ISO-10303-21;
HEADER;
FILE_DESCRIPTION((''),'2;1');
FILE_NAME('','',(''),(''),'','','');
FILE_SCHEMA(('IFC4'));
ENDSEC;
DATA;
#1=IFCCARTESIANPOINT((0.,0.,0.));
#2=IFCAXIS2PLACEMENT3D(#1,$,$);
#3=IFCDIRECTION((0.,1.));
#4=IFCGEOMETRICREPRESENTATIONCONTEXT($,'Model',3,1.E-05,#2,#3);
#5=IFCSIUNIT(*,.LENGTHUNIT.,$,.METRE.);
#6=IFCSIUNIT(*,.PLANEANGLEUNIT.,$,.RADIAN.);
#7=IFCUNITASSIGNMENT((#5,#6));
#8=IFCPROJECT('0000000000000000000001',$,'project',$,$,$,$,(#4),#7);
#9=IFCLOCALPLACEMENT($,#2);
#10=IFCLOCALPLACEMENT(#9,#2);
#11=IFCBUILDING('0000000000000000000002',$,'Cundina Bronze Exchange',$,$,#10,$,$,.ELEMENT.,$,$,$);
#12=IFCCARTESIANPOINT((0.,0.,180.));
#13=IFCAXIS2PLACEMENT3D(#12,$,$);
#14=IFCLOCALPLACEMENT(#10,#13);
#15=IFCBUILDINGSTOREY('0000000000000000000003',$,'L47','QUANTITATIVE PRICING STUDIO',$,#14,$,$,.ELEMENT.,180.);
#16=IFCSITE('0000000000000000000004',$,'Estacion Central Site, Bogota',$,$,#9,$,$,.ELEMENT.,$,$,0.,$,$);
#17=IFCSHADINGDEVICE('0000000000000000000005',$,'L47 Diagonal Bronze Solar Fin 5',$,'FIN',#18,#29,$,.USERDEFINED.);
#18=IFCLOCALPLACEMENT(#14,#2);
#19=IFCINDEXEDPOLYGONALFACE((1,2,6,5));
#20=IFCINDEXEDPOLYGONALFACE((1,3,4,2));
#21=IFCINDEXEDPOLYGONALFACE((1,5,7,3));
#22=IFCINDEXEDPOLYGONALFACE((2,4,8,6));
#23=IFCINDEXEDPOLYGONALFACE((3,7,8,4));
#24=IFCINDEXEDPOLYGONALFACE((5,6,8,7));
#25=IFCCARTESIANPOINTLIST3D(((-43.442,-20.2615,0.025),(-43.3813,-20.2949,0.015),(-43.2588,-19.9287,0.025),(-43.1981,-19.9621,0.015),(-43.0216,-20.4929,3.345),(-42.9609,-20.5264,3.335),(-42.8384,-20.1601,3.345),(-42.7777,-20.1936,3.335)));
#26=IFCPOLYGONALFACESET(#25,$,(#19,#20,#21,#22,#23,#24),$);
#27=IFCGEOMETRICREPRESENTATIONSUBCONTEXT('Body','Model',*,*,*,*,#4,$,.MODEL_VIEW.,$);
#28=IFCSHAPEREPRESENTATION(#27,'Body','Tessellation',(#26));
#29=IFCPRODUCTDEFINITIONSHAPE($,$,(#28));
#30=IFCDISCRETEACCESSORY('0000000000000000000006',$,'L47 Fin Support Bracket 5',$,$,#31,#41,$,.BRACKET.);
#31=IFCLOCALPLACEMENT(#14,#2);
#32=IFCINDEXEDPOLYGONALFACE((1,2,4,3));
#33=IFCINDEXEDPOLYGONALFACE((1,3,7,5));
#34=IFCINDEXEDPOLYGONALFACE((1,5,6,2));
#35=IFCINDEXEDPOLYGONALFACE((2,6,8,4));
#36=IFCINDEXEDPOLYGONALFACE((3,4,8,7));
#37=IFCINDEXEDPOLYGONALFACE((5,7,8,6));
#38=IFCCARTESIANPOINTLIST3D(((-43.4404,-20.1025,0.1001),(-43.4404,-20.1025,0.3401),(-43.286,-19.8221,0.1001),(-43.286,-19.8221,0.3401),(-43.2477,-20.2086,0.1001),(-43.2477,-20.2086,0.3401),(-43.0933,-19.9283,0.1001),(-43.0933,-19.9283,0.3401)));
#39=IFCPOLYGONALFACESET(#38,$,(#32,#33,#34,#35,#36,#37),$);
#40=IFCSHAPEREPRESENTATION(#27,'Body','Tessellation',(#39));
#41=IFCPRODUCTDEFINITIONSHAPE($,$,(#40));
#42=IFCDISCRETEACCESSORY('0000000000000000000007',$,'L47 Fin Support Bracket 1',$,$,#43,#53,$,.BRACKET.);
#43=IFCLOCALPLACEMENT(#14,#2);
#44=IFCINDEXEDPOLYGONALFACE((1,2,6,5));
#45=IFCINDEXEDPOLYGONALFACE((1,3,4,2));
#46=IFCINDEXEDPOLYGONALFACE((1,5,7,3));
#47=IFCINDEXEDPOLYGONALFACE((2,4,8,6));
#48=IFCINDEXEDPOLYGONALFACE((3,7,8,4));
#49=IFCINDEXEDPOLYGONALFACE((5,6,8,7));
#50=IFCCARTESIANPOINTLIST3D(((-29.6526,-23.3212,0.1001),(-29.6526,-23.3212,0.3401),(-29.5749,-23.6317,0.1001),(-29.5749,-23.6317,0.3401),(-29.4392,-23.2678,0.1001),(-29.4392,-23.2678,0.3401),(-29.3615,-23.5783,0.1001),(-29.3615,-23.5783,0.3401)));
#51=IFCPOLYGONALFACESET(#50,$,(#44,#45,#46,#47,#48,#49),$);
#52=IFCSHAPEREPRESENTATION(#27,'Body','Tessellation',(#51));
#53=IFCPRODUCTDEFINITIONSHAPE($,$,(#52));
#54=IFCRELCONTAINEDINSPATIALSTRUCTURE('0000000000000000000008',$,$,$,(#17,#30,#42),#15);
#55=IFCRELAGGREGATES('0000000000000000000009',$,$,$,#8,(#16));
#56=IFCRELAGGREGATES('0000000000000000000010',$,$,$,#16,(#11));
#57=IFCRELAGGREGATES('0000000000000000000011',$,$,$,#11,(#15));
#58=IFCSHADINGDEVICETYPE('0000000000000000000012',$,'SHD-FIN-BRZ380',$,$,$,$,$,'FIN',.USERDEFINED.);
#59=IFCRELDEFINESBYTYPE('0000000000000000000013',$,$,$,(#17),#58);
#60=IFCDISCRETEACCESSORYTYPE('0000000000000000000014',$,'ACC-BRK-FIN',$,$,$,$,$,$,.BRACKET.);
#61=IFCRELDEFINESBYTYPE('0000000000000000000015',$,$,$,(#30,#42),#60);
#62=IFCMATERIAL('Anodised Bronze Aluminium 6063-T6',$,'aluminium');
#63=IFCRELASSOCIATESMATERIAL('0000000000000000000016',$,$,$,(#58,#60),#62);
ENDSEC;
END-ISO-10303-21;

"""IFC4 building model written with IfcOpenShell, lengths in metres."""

from ifc_helpers import new_model, si_unit, direction, frame, origin, origin_2d, place, context, subcontext, project, spatial, rectangle, extrude, material, material_profile, profile_set, type_object, element, save


model = new_model("IFC4")

# Units and contexts
model_context = context("Model", 3, precision=1e-05, world=origin(), true_north=direction((0.0, 1.0)))
body_context = subcontext(model_context, "Body", "Model", "MODEL_VIEW")
ifc_project = project(units=[si_unit("LENGTHUNIT", "METRE"), si_unit("PLANEANGLEUNIT", "RADIAN")], contexts=[model_context])

# Site, building, storey
site_placement = place(None, origin())
site = spatial("IfcSite", under=ifc_project, at=site_placement, Name="Estacion Central Site, Bogota", CompositionType="ELEMENT", RefElevation=0.0)
building_placement = place(site_placement, origin())
building = spatial("IfcBuilding", under=site, at=building_placement, Name="Cundina Bronze Exchange", CompositionType="ELEMENT")
storey_placement = place(building_placement, frame((0.0, 0.0, 180.0)))
storey = spatial("IfcBuildingStorey", under=building, at=storey_placement, Name="L47", Description="QUANTITATIVE PRICING STUDIO", CompositionType="ELEMENT", Elevation=180.0)

# Shared definitions
ifc_material_1 = material(Name="Anodised Bronze Aluminium 6063-T6", Category="aluminium")

# Shading device
ifc_material_profile_1 = material_profile(ifc_material_1, rectangle(XDim=0.0701, YDim=0.3799, at=origin_2d()), Name="FIN70X380", Category="aluminium")
ifc_profile_set_1 = profile_set([ifc_material_profile_1], Name="Anodised Bronze Aluminium 6063-T6")
shading_device_type = type_object("IfcShadingDeviceType", Name="SHD-FIN-BRZ380", ElementType="FIN", PredefinedType="USERDEFINED", material=ifc_profile_set_1)
shading_device_placement = place(storey_placement, frame((-43.3201, -20.1118, 0.02), z_axis=(0.125324, -0.068994, 0.989714), x_axis=(-0.867012, 0.47731, 0.143061)))
element("IfcShadingDevice", 1, at=shading_device_placement, inside=storey, type_object=shading_device_type, Name="L47 Diagonal Bronze Solar Fin 5", ObjectType="FIN", PredefinedType="USERDEFINED", context=body_context, shape_type="SweptSolid", body=[
    extrude(rectangle(XDim=0.0701, YDim=0.3799, at=origin_2d()), origin(), (0.0, 0.0, 1.0), 3.3545),
])

# Discrete accessories
discrete_accessory_type = type_object("IfcDiscreteAccessoryType", Name="ACC-BRK-FIN", PredefinedType="BRACKET", material=ifc_material_1)
for number, where, z_axis, x_axis, name in (
    (2, (-43.2668, -20.0154, 0.1001), (0.0, 0.0, 1.0), (0.875869, -0.482549, 0.0), "L47 Fin Support Bracket 5"),
    (3, (-29.5071, -23.4497, 0.1001), (0.0, 0.0, 1.0), (0.970093, 0.242735, 0.0), "L47 Fin Support Bracket 1"),
):
    element("IfcDiscreteAccessory", number, at=place(storey_placement, frame(where, z_axis=z_axis, x_axis=x_axis)), inside=storey, type_object=discrete_accessory_type, Name=name, PredefinedType="BRACKET", context=body_context, shape_type="SweptSolid", body=[
        extrude(rectangle(XDim=0.22, YDim=0.3201, at=origin_2d()), origin(), (0.0, 0.0, 1.0), 0.24),
    ])

save(model, "model.ifc")
